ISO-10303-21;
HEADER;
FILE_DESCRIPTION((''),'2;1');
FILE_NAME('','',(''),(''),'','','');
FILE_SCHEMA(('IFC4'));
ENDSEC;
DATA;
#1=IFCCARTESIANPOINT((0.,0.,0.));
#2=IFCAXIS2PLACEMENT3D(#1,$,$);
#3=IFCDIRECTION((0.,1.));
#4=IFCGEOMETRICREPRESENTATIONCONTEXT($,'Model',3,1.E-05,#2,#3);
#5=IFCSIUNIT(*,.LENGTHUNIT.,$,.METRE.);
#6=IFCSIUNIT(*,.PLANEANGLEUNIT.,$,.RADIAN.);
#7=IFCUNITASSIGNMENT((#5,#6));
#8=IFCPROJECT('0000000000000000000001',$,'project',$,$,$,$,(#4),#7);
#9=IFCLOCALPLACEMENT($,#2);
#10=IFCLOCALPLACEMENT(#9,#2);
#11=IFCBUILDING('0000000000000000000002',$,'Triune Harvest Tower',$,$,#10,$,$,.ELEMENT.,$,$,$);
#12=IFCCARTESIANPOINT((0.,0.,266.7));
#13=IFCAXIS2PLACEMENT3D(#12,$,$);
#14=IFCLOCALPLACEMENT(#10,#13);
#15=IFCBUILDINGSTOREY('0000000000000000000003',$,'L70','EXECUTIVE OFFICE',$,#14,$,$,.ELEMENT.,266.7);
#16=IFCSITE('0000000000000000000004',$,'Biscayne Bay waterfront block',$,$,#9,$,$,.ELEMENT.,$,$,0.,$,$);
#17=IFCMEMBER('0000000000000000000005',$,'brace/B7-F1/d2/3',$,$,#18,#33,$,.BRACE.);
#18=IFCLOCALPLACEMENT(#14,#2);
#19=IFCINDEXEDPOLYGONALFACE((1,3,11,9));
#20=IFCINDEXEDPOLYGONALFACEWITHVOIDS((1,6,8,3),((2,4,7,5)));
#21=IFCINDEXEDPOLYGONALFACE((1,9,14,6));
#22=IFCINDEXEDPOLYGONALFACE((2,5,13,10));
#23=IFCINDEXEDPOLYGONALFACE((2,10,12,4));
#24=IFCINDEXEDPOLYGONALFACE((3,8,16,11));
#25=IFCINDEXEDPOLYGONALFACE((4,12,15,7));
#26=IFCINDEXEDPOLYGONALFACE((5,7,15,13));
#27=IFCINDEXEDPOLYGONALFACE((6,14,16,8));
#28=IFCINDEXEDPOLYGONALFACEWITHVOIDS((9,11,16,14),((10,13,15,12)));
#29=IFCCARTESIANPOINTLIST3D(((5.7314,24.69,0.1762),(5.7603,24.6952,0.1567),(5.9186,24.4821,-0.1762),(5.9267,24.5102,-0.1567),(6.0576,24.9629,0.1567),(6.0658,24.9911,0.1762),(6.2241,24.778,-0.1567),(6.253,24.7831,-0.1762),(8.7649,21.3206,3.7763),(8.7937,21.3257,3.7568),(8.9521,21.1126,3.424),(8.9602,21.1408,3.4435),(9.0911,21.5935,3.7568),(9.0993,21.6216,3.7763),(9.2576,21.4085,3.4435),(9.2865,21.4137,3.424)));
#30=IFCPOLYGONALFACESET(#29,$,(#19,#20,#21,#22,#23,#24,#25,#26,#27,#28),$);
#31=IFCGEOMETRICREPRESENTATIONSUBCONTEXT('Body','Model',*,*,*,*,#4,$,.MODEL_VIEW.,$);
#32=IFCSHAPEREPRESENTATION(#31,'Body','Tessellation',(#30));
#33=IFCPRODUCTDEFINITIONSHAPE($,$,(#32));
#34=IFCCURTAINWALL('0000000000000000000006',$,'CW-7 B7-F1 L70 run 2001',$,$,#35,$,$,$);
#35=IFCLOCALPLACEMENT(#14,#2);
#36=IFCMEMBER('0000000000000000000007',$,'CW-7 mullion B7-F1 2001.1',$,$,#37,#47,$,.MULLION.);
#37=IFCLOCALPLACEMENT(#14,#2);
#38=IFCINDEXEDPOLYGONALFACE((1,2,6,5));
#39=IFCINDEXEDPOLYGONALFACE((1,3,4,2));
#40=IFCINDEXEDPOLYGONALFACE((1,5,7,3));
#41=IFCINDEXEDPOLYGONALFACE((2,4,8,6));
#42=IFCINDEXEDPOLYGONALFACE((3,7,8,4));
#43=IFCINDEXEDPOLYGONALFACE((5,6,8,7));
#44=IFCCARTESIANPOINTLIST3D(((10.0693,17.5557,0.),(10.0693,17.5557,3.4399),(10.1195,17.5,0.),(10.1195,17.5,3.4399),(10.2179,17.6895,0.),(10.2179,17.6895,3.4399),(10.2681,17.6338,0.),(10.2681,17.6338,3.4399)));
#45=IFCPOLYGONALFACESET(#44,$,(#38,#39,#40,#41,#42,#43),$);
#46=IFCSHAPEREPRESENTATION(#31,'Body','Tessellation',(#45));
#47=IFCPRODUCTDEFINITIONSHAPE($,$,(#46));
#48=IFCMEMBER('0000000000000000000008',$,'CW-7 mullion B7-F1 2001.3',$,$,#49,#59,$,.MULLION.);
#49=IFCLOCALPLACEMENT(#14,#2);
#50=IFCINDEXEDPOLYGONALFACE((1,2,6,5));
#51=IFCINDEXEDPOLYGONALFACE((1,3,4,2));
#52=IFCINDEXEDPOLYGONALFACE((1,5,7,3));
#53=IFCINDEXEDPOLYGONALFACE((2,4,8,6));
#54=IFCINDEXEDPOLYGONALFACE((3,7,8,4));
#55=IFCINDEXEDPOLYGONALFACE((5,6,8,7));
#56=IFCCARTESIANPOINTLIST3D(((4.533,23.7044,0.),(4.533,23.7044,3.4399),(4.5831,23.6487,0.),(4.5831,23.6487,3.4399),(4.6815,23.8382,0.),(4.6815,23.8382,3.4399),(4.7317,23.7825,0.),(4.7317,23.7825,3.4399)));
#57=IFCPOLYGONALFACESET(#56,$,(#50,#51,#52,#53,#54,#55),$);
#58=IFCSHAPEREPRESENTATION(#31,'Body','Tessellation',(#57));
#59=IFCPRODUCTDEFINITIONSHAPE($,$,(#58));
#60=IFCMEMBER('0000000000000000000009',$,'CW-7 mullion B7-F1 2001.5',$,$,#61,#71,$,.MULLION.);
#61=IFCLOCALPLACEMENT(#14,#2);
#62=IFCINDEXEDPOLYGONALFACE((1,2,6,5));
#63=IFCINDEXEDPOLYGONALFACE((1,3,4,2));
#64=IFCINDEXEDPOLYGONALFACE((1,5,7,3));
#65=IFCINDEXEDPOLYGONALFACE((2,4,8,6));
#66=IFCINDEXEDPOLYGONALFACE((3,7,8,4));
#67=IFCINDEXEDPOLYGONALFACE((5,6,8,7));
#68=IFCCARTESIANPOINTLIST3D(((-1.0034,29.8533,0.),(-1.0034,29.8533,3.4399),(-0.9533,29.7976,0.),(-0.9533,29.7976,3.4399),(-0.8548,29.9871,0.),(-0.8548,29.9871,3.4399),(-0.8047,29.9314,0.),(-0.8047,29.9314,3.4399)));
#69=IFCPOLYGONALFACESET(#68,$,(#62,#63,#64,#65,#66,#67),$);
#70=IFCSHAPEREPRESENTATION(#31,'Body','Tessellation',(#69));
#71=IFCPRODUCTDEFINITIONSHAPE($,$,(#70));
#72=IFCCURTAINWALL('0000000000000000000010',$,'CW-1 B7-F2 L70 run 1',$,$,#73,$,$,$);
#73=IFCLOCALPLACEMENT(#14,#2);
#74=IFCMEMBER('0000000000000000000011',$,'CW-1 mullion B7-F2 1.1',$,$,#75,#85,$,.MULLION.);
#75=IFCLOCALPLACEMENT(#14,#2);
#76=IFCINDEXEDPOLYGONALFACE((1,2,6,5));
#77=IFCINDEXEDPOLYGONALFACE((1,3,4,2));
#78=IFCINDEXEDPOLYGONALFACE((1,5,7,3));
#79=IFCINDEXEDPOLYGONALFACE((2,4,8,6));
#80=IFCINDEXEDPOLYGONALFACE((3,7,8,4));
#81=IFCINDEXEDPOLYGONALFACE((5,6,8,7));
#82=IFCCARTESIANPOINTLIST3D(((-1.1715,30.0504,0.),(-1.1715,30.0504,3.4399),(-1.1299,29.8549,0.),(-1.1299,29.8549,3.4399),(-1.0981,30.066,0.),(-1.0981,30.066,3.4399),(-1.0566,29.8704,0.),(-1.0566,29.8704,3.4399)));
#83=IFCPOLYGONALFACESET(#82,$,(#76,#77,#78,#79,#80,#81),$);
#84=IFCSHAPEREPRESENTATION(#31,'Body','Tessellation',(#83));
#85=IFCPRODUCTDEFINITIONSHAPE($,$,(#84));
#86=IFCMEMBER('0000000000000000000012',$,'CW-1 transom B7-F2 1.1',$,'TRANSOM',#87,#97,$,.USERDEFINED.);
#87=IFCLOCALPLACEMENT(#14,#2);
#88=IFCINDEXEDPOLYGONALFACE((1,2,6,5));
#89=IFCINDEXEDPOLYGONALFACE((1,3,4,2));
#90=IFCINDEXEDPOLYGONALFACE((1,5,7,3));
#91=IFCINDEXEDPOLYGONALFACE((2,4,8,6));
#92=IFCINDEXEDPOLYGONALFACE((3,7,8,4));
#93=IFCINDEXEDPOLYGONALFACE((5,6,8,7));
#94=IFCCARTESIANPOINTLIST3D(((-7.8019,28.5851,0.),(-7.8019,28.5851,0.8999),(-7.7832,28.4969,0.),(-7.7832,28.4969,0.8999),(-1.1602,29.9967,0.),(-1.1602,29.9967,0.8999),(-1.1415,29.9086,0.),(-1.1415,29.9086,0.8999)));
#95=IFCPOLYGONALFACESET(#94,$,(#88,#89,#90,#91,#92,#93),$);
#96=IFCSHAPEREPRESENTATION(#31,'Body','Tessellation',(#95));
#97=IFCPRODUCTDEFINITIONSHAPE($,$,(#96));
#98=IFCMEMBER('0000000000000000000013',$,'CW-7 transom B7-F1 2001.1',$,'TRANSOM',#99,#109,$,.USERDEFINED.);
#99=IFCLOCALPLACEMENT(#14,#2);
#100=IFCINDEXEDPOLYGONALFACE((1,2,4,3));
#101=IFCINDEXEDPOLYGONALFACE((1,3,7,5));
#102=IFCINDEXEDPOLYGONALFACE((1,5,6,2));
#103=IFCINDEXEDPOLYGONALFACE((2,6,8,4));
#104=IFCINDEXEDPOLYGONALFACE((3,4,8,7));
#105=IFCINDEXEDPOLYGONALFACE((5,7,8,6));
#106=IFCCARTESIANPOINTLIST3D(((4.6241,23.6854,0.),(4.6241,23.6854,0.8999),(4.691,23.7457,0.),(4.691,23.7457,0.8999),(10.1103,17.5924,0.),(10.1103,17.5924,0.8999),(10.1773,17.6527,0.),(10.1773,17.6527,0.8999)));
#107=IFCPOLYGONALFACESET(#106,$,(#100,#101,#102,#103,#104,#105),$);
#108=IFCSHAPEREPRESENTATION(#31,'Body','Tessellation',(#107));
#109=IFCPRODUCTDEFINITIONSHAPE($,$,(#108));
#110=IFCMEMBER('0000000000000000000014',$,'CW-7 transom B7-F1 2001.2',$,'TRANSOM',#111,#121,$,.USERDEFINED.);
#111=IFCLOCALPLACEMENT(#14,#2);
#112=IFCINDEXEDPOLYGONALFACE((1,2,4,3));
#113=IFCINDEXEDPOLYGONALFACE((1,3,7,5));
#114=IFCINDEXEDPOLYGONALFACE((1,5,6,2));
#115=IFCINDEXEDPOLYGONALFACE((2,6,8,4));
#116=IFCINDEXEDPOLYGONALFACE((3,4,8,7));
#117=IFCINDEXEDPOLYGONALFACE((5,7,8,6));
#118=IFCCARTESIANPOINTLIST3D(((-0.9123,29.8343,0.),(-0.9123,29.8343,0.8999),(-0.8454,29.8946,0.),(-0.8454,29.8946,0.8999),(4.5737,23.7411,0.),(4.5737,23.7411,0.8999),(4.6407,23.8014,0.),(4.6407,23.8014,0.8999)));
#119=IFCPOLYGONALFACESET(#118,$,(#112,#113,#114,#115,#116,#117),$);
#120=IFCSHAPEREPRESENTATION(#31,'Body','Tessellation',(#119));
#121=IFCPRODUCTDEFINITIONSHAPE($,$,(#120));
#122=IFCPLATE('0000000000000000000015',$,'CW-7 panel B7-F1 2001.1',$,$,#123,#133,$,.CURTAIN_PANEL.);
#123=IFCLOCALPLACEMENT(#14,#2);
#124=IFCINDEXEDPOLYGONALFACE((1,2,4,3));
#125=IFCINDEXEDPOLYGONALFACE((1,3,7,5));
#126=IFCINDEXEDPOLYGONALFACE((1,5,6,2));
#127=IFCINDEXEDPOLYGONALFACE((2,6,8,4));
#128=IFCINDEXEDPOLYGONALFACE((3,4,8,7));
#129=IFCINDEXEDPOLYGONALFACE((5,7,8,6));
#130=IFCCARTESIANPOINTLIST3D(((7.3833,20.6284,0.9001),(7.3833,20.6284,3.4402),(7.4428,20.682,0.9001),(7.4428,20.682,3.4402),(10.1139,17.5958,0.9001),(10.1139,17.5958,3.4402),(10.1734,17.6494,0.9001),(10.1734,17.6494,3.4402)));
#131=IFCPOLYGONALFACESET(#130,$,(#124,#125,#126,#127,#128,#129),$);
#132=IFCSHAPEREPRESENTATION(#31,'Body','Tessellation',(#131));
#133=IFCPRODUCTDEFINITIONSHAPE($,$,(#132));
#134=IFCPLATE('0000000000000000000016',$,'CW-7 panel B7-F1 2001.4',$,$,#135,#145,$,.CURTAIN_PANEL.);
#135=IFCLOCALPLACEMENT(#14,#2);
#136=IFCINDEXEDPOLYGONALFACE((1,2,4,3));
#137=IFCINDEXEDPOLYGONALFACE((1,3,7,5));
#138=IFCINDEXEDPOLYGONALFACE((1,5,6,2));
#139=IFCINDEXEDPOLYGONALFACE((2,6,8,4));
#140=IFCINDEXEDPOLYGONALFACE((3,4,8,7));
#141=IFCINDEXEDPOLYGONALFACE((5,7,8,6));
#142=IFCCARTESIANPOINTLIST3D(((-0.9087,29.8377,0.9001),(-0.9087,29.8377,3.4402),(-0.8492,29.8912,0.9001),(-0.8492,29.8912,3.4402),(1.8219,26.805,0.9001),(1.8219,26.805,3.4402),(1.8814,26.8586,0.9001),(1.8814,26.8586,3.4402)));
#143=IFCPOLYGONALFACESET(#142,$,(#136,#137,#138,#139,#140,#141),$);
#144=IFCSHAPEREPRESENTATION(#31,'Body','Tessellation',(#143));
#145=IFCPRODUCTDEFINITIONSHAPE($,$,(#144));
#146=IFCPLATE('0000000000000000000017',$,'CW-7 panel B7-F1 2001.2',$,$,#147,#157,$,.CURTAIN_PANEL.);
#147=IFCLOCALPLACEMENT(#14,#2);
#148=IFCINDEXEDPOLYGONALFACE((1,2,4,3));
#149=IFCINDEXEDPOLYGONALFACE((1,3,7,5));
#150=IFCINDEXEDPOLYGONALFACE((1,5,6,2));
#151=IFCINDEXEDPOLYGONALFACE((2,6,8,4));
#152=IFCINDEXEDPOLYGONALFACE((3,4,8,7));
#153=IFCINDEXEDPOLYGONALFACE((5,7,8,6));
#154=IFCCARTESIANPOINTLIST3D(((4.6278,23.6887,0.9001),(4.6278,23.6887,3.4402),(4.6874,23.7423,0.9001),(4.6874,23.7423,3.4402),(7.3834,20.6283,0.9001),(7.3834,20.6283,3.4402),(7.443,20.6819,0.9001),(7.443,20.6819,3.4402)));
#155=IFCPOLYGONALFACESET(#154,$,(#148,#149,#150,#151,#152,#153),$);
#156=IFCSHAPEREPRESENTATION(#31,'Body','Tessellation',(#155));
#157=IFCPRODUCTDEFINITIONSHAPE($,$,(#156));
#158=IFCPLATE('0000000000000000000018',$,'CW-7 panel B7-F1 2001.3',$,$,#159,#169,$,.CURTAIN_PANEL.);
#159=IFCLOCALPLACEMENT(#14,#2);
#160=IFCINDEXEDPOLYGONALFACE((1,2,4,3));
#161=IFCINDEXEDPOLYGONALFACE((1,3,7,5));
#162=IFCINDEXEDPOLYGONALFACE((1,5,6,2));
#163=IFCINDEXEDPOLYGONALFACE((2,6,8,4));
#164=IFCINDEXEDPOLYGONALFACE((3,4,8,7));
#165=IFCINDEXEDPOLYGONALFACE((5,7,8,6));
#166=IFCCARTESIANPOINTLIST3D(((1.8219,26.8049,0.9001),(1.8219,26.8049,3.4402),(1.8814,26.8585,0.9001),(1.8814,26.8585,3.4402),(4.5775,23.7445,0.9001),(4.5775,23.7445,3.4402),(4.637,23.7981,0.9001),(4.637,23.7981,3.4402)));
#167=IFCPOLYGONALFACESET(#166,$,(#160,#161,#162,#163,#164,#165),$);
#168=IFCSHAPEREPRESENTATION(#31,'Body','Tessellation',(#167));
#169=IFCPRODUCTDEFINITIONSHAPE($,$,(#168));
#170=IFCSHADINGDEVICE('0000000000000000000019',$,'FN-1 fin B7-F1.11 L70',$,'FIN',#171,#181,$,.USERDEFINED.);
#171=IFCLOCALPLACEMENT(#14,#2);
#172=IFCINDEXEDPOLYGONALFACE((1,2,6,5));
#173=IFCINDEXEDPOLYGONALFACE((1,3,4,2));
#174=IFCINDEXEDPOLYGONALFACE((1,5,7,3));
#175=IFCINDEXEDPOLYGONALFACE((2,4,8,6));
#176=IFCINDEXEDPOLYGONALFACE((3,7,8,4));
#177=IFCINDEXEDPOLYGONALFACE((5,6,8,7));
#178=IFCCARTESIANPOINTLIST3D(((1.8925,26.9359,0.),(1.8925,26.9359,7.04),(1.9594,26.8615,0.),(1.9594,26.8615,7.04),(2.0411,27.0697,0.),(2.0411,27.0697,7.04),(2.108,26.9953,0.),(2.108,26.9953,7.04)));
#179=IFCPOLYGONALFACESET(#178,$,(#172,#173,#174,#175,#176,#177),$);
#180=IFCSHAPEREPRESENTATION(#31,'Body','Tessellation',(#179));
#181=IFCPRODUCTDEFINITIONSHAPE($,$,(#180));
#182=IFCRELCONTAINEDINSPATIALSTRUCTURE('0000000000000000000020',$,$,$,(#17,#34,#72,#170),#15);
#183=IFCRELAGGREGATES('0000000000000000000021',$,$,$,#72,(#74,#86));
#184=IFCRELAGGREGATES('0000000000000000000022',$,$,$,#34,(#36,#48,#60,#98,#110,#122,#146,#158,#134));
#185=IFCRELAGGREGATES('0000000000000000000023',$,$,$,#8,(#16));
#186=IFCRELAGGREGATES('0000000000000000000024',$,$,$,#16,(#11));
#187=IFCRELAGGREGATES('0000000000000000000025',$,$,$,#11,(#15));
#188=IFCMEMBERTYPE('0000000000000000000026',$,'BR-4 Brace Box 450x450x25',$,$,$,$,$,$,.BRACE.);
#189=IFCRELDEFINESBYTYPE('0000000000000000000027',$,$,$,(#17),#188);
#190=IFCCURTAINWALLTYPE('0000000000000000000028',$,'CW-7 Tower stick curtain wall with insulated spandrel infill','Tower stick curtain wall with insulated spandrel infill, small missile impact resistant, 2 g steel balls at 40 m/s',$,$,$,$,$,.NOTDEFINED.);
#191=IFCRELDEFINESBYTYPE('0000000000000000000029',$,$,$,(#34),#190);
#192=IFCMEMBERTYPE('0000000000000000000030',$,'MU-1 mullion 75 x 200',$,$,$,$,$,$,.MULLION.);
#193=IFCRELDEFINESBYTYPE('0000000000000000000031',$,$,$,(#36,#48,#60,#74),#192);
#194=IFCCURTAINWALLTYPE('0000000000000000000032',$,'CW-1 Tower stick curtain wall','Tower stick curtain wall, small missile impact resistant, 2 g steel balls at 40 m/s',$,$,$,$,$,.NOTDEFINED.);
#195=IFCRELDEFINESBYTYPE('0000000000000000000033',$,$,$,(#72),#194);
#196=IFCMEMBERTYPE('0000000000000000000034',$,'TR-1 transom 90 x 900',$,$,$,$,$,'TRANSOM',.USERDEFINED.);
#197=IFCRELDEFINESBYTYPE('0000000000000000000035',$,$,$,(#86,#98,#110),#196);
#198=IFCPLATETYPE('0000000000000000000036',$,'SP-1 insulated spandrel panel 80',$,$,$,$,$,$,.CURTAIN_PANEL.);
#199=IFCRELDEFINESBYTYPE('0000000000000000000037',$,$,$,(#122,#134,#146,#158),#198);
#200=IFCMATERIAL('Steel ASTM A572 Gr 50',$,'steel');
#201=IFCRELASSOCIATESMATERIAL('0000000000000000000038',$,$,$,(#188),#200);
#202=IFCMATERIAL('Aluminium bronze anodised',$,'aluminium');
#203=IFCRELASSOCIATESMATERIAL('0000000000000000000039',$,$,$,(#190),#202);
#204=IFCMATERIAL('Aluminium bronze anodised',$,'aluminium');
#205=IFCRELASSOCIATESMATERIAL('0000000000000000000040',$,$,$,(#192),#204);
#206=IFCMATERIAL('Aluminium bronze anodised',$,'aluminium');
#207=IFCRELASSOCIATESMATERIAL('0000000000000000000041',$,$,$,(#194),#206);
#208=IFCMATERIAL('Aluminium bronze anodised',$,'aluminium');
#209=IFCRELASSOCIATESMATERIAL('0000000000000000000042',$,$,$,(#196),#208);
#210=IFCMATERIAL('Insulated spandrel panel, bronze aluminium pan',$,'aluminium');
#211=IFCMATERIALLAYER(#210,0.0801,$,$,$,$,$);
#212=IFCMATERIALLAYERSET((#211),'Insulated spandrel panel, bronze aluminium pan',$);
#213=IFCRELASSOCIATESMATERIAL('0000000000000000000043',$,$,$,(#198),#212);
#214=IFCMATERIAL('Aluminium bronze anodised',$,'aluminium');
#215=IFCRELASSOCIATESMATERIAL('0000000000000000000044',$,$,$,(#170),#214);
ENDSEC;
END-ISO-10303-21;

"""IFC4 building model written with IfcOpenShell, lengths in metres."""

from ifc_helpers import new_model, si_unit, direction, frame, origin, origin_2d, place, context, subcontext, project, spatial, rectangle, hollow_rectangle, extrude, source, transform, mapped, material, layer, layer_set, material_profile, profile_set, type_object, element, aggregate, save


model = new_model("IFC4")

# Units and contexts
model_context = context("Model", 3, precision=1e-05, world=origin(), true_north=direction((0.0, 1.0)))
body_context = subcontext(model_context, "Body", "Model", "MODEL_VIEW")
ifc_project = project(units=[si_unit("LENGTHUNIT", "METRE"), si_unit("PLANEANGLEUNIT", "RADIAN")], contexts=[model_context])

# Site, building, storey
site_placement = place(None, origin())
site = spatial("IfcSite", under=ifc_project, at=site_placement, Name="Biscayne Bay waterfront block", CompositionType="ELEMENT", RefElevation=0.0)
building_placement = place(site_placement, origin())
building = spatial("IfcBuilding", under=site, at=building_placement, Name="Triune Harvest Tower", CompositionType="ELEMENT")
storey_placement = place(building_placement, frame((0.0, 0.0, 266.7)))
storey = spatial("IfcBuildingStorey", under=building, at=storey_placement, Name="L70", Description="EXECUTIVE OFFICE", CompositionType="ELEMENT", Elevation=266.7)

# Member
ifc_material_1 = material(Name="Steel ASTM A572 Gr 50", Category="steel")
ifc_material_profile_1 = material_profile(ifc_material_1, hollow_rectangle(XDim=0.45, YDim=0.45, WallThickness=0.0249, at=origin_2d()), Name="Box 450x450x25")
ifc_profile_set_1 = profile_set([ifc_material_profile_1], Name="Steel ASTM A572 Gr 50")
member_type_1 = type_object("IfcMemberType", Name="BR-4 Brace Box 450x450x25", PredefinedType="BRACE", material=ifc_profile_set_1)
shared_shape_1 = source(origin(), body_context, "Body", "SweptSolid", [
    extrude(hollow_rectangle(XDim=0.45, YDim=0.45, WallThickness=0.0249, at=origin_2d()), origin(), (0.0, 0.0, 1.0), 5.7893),
])
member_1_placement = place(storey_placement, frame((5.9922, 24.7366, 0.0), z_axis=(0.523981, -0.582008, 0.621861), x_axis=(0.743184, 0.669087, 0.0)))
element("IfcMember", 1, at=member_1_placement, inside=storey, type_object=member_type_1, Name="brace/B7-F1/d2/3", PredefinedType="BRACE", context=body_context, shape_type="MappedRepresentation", body=[
    mapped(shared_shape_1, transform((0.0, 0.0, 0.0), scale=1.0)),
])

# Curtain walls, members
ifc_material_2 = material(Name="Aluminium bronze anodised", Category="aluminium")
curtain_wall_type_1 = type_object("IfcCurtainWallType", Name="CW-7 Tower stick curtain wall with insulated spandrel infill", Description="Tower stick curtain wall with insulated spandrel infill, small missile impact resistant, 2 g steel balls at 40 m/s", PredefinedType="NOTDEFINED", material=ifc_material_2)
curtain_wall_1_placement = place(storey_placement, origin())
curtain_wall_1 = element("IfcCurtainWall", 2, at=curtain_wall_1_placement, inside=storey, type_object=curtain_wall_type_1, Name="CW-7 B7-F1 L70 run 2001")
ifc_material_3 = material(Name="Aluminium bronze anodised", Category="aluminium")
ifc_material_profile_2 = material_profile(ifc_material_3, rectangle(XDim=0.2, YDim=0.075, at=origin_2d()), Name="MU-1 mullion 75 x 200")
ifc_profile_set_2 = profile_set([ifc_material_profile_2], Name="Aluminium bronze anodised")
member_type_2 = type_object("IfcMemberType", Name="MU-1 mullion 75 x 200", PredefinedType="MULLION", material=ifc_profile_set_2)
shared_shape_2 = source(origin(), body_context, "Body", "SweptSolid", [
    extrude(rectangle(XDim=0.2, YDim=0.075, at=origin_2d()), origin(), (0.0, 0.0, 1.0), 3.4399),
])
member_2_placement = place(storey_placement, frame((10.1687, 17.5947, 0.0), z_axis=(0.0, 0.0, 1.0), x_axis=(-0.743142, -0.669134, 0.0)))
member_2 = element("IfcMember", 3, at=member_2_placement, type_object=member_type_2, Name="CW-7 mullion B7-F1 2001.1", PredefinedType="MULLION", context=body_context, shape_type="MappedRepresentation", body=[
    mapped(shared_shape_2, transform((0.0, 0.0, 0.0), scale=1.0)),
])
member_3_placement = place(storey_placement, frame((4.6323, 23.7434, 0.0), z_axis=(0.0, 0.0, 1.0), x_axis=(-0.743142, -0.669134, 0.0)))
member_3 = element("IfcMember", 4, at=member_3_placement, type_object=member_type_2, Name="CW-7 mullion B7-F1 2001.3", PredefinedType="MULLION", context=body_context, shape_type="MappedRepresentation", body=[
    mapped(shared_shape_2, transform((0.0, 0.0, 0.0), scale=1.0)),
])
member_4_placement = place(storey_placement, frame((-0.9041, 29.8923, 0.0), z_axis=(0.0, 0.0, 1.0), x_axis=(-0.743142, -0.669134, 0.0)))
member_4 = element("IfcMember", 5, at=member_4_placement, type_object=member_type_2, Name="CW-7 mullion B7-F1 2001.5", PredefinedType="MULLION", context=body_context, shape_type="MappedRepresentation", body=[
    mapped(shared_shape_2, transform((0.0, 0.0, 0.0), scale=1.0)),
])
ifc_material_4 = material(Name="Aluminium bronze anodised", Category="aluminium")
curtain_wall_type_2 = type_object("IfcCurtainWallType", Name="CW-1 Tower stick curtain wall", Description="Tower stick curtain wall, small missile impact resistant, 2 g steel balls at 40 m/s", PredefinedType="NOTDEFINED", material=ifc_material_4)
curtain_wall_2_placement = place(storey_placement, origin())
curtain_wall_2 = element("IfcCurtainWall", 6, at=curtain_wall_2_placement, inside=storey, type_object=curtain_wall_type_2, Name="CW-1 B7-F2 L70 run 1")
member_5_placement = place(storey_placement, frame((-1.114, 29.9604, 0.0), z_axis=(0.0, 0.0, 1.0), x_axis=(0.207905, -0.978149, 0.0)))
member_5 = element("IfcMember", 7, at=member_5_placement, type_object=member_type_2, Name="CW-1 mullion B7-F2 1.1", PredefinedType="MULLION", context=body_context, shape_type="MappedRepresentation", body=[
    mapped(shared_shape_2, transform((0.0, 0.0, 0.0), scale=1.0)),
])
ifc_material_5 = material(Name="Aluminium bronze anodised", Category="aluminium")
ifc_material_profile_3 = material_profile(ifc_material_5, rectangle(XDim=0.0901, YDim=0.8999, at=origin_2d()), Name="TR-1 transom 90 x 900")
ifc_profile_set_3 = profile_set([ifc_material_profile_3], Name="Aluminium bronze anodised")
member_type_3 = type_object("IfcMemberType", Name="TR-1 transom 90 x 900", ElementType="TRANSOM", PredefinedType="USERDEFINED", material=ifc_profile_set_3)
shared_shape_3 = source(origin(), body_context, "Body", "SweptSolid", [
    extrude(rectangle(XDim=0.0901, YDim=0.8999, at=origin_2d()), origin(), (0.0, 0.0, 1.0), 6.79),
])
member_6_placement = place(storey_placement, frame((-1.1509, 29.9526, 0.45), z_axis=(-0.97815, -0.207898, 0.0), x_axis=(0.207898, -0.97815, 0.0)))
member_6 = element("IfcMember", 8, at=member_6_placement, type_object=member_type_3, Name="CW-1 transom B7-F2 1.1", ObjectType="TRANSOM", PredefinedType="USERDEFINED", context=body_context, shape_type="MappedRepresentation", body=[
    mapped(shared_shape_3, transform((0.0, 0.0, 0.0), scale=1.0)),
])
aggregate(curtain_wall_2, [member_5, member_6])

# Members
shared_shape_4 = source(origin(), body_context, "Body", "SweptSolid", [
    extrude(rectangle(XDim=0.0901, YDim=0.8999, at=origin_2d()), origin(), (0.0, 0.0, 1.0), 8.199),
])
member_7_placement = place(storey_placement, frame((10.1438, 17.6226, 0.45), z_axis=(-0.669141, 0.743136, 0.0), x_axis=(-0.743136, -0.669141, 0.0)))
member_7 = element("IfcMember", 9, at=member_7_placement, type_object=member_type_3, Name="CW-7 transom B7-F1 2001.1", ObjectType="TRANSOM", PredefinedType="USERDEFINED", context=body_context, shape_type="MappedRepresentation", body=[
    mapped(shared_shape_4, transform((0.0, 0.0, 0.0), scale=1.0)),
])
member_8_placement = place(storey_placement, frame((4.6072, 23.7712, 0.45), z_axis=(-0.669109, 0.743164, 0.0), x_axis=(-0.743164, -0.669109, 0.0)))
member_8 = element("IfcMember", 10, at=member_8_placement, type_object=member_type_3, Name="CW-7 transom B7-F1 2001.2", ObjectType="TRANSOM", PredefinedType="USERDEFINED", context=body_context, shape_type="MappedRepresentation", body=[
    mapped(shared_shape_4, transform((0.0, 0.0, 0.0), scale=1.0)),
])

# Plates
ifc_material_6 = material(Name="Insulated spandrel panel, bronze aluminium pan", Category="aluminium")
ifc_layer = layer(ifc_material_6, 0.0801)
ifc_layer_set = layer_set([ifc_layer], Name="Insulated spandrel panel, bronze aluminium pan")
plate_type = type_object("IfcPlateType", Name="SP-1 insulated spandrel panel 80", PredefinedType="CURTAIN_PANEL", material=ifc_layer_set)
shared_shape_5 = source(origin(), body_context, "Body", "SweptSolid", [
    extrude(rectangle(XDim=4.0808, YDim=0.0801, at=origin_2d()), origin(), (0.0, 0.0, 1.0), 2.54),
])
plate_1_placement = place(storey_placement, frame((8.7783, 19.1389, 0.9001), z_axis=(0.0, 0.0, 1.0), x_axis=(-0.669134, 0.743142, 0.0)))
plate_1 = element("IfcPlate", 11, at=plate_1_placement, type_object=plate_type, Name="CW-7 panel B7-F1 2001.1", PredefinedType="CURTAIN_PANEL", context=body_context, shape_type="MappedRepresentation", body=[
    mapped(shared_shape_5, transform((0.0, 0.0, 0.0), scale=1.0)),
])
plate_2_placement = place(storey_placement, frame((0.4863, 28.3481, 0.9001), z_axis=(0.0, 0.0, 1.0), x_axis=(-0.669134, 0.743142, 0.0)))
plate_2 = element("IfcPlate", 12, at=plate_2_placement, type_object=plate_type, Name="CW-7 panel B7-F1 2001.4", PredefinedType="CURTAIN_PANEL", context=body_context, shape_type="MappedRepresentation", body=[
    mapped(shared_shape_5, transform((0.0, 0.0, 0.0), scale=1.0)),
])
shared_shape_6 = source(origin(), body_context, "Body", "SweptSolid", [
    extrude(rectangle(XDim=4.1182, YDim=0.0801, at=origin_2d()), origin(), (0.0, 0.0, 1.0), 2.54),
])
plate_3_placement = place(storey_placement, frame((6.0354, 22.1853, 0.9001), z_axis=(0.0, 0.0, 1.0), x_axis=(-0.669134, 0.743142, 0.0)))
plate_3 = element("IfcPlate", 13, at=plate_3_placement, type_object=plate_type, Name="CW-7 panel B7-F1 2001.2", PredefinedType="CURTAIN_PANEL", context=body_context, shape_type="MappedRepresentation", body=[
    mapped(shared_shape_6, transform((0.0, 0.0, 0.0), scale=1.0)),
])
plate_4_placement = place(storey_placement, frame((3.2295, 25.3015, 0.9001), z_axis=(0.0, 0.0, 1.0), x_axis=(-0.669134, 0.743142, 0.0)))
plate_4 = element("IfcPlate", 14, at=plate_4_placement, type_object=plate_type, Name="CW-7 panel B7-F1 2001.3", PredefinedType="CURTAIN_PANEL", context=body_context, shape_type="MappedRepresentation", body=[
    mapped(shared_shape_6, transform((0.0, 0.0, 0.0), scale=1.0)),
])
aggregate(curtain_wall_1, [member_2, member_3, member_4, member_7, member_8, plate_1, plate_3, plate_4, plate_2])

# Shading device
ifc_material_7 = material(Name="Aluminium bronze anodised", Category="aluminium")
shared_shape_7 = source(origin(), body_context, "Body", "SweptSolid", [
    extrude(rectangle(XDim=0.1001, YDim=0.2, at=origin_2d()), origin(), (0.0, 0.0, 1.0), 7.04),
])
shading_device_1_placement = place(storey_placement, frame((2.0002, 26.9656, 0.0), z_axis=(0.0, 0.0, 1.0), x_axis=(-0.669131, 0.743144, 0.0)))
element("IfcShadingDevice", 15, at=shading_device_1_placement, inside=storey, material=ifc_material_7, Name="FN-1 fin B7-F1.11 L70", ObjectType="FIN", PredefinedType="USERDEFINED", context=body_context, shape_type="MappedRepresentation", body=[
    mapped(shared_shape_7, transform((0.0, 0.0, 0.0), scale=1.0)),
])

save(model, "model.ifc")
